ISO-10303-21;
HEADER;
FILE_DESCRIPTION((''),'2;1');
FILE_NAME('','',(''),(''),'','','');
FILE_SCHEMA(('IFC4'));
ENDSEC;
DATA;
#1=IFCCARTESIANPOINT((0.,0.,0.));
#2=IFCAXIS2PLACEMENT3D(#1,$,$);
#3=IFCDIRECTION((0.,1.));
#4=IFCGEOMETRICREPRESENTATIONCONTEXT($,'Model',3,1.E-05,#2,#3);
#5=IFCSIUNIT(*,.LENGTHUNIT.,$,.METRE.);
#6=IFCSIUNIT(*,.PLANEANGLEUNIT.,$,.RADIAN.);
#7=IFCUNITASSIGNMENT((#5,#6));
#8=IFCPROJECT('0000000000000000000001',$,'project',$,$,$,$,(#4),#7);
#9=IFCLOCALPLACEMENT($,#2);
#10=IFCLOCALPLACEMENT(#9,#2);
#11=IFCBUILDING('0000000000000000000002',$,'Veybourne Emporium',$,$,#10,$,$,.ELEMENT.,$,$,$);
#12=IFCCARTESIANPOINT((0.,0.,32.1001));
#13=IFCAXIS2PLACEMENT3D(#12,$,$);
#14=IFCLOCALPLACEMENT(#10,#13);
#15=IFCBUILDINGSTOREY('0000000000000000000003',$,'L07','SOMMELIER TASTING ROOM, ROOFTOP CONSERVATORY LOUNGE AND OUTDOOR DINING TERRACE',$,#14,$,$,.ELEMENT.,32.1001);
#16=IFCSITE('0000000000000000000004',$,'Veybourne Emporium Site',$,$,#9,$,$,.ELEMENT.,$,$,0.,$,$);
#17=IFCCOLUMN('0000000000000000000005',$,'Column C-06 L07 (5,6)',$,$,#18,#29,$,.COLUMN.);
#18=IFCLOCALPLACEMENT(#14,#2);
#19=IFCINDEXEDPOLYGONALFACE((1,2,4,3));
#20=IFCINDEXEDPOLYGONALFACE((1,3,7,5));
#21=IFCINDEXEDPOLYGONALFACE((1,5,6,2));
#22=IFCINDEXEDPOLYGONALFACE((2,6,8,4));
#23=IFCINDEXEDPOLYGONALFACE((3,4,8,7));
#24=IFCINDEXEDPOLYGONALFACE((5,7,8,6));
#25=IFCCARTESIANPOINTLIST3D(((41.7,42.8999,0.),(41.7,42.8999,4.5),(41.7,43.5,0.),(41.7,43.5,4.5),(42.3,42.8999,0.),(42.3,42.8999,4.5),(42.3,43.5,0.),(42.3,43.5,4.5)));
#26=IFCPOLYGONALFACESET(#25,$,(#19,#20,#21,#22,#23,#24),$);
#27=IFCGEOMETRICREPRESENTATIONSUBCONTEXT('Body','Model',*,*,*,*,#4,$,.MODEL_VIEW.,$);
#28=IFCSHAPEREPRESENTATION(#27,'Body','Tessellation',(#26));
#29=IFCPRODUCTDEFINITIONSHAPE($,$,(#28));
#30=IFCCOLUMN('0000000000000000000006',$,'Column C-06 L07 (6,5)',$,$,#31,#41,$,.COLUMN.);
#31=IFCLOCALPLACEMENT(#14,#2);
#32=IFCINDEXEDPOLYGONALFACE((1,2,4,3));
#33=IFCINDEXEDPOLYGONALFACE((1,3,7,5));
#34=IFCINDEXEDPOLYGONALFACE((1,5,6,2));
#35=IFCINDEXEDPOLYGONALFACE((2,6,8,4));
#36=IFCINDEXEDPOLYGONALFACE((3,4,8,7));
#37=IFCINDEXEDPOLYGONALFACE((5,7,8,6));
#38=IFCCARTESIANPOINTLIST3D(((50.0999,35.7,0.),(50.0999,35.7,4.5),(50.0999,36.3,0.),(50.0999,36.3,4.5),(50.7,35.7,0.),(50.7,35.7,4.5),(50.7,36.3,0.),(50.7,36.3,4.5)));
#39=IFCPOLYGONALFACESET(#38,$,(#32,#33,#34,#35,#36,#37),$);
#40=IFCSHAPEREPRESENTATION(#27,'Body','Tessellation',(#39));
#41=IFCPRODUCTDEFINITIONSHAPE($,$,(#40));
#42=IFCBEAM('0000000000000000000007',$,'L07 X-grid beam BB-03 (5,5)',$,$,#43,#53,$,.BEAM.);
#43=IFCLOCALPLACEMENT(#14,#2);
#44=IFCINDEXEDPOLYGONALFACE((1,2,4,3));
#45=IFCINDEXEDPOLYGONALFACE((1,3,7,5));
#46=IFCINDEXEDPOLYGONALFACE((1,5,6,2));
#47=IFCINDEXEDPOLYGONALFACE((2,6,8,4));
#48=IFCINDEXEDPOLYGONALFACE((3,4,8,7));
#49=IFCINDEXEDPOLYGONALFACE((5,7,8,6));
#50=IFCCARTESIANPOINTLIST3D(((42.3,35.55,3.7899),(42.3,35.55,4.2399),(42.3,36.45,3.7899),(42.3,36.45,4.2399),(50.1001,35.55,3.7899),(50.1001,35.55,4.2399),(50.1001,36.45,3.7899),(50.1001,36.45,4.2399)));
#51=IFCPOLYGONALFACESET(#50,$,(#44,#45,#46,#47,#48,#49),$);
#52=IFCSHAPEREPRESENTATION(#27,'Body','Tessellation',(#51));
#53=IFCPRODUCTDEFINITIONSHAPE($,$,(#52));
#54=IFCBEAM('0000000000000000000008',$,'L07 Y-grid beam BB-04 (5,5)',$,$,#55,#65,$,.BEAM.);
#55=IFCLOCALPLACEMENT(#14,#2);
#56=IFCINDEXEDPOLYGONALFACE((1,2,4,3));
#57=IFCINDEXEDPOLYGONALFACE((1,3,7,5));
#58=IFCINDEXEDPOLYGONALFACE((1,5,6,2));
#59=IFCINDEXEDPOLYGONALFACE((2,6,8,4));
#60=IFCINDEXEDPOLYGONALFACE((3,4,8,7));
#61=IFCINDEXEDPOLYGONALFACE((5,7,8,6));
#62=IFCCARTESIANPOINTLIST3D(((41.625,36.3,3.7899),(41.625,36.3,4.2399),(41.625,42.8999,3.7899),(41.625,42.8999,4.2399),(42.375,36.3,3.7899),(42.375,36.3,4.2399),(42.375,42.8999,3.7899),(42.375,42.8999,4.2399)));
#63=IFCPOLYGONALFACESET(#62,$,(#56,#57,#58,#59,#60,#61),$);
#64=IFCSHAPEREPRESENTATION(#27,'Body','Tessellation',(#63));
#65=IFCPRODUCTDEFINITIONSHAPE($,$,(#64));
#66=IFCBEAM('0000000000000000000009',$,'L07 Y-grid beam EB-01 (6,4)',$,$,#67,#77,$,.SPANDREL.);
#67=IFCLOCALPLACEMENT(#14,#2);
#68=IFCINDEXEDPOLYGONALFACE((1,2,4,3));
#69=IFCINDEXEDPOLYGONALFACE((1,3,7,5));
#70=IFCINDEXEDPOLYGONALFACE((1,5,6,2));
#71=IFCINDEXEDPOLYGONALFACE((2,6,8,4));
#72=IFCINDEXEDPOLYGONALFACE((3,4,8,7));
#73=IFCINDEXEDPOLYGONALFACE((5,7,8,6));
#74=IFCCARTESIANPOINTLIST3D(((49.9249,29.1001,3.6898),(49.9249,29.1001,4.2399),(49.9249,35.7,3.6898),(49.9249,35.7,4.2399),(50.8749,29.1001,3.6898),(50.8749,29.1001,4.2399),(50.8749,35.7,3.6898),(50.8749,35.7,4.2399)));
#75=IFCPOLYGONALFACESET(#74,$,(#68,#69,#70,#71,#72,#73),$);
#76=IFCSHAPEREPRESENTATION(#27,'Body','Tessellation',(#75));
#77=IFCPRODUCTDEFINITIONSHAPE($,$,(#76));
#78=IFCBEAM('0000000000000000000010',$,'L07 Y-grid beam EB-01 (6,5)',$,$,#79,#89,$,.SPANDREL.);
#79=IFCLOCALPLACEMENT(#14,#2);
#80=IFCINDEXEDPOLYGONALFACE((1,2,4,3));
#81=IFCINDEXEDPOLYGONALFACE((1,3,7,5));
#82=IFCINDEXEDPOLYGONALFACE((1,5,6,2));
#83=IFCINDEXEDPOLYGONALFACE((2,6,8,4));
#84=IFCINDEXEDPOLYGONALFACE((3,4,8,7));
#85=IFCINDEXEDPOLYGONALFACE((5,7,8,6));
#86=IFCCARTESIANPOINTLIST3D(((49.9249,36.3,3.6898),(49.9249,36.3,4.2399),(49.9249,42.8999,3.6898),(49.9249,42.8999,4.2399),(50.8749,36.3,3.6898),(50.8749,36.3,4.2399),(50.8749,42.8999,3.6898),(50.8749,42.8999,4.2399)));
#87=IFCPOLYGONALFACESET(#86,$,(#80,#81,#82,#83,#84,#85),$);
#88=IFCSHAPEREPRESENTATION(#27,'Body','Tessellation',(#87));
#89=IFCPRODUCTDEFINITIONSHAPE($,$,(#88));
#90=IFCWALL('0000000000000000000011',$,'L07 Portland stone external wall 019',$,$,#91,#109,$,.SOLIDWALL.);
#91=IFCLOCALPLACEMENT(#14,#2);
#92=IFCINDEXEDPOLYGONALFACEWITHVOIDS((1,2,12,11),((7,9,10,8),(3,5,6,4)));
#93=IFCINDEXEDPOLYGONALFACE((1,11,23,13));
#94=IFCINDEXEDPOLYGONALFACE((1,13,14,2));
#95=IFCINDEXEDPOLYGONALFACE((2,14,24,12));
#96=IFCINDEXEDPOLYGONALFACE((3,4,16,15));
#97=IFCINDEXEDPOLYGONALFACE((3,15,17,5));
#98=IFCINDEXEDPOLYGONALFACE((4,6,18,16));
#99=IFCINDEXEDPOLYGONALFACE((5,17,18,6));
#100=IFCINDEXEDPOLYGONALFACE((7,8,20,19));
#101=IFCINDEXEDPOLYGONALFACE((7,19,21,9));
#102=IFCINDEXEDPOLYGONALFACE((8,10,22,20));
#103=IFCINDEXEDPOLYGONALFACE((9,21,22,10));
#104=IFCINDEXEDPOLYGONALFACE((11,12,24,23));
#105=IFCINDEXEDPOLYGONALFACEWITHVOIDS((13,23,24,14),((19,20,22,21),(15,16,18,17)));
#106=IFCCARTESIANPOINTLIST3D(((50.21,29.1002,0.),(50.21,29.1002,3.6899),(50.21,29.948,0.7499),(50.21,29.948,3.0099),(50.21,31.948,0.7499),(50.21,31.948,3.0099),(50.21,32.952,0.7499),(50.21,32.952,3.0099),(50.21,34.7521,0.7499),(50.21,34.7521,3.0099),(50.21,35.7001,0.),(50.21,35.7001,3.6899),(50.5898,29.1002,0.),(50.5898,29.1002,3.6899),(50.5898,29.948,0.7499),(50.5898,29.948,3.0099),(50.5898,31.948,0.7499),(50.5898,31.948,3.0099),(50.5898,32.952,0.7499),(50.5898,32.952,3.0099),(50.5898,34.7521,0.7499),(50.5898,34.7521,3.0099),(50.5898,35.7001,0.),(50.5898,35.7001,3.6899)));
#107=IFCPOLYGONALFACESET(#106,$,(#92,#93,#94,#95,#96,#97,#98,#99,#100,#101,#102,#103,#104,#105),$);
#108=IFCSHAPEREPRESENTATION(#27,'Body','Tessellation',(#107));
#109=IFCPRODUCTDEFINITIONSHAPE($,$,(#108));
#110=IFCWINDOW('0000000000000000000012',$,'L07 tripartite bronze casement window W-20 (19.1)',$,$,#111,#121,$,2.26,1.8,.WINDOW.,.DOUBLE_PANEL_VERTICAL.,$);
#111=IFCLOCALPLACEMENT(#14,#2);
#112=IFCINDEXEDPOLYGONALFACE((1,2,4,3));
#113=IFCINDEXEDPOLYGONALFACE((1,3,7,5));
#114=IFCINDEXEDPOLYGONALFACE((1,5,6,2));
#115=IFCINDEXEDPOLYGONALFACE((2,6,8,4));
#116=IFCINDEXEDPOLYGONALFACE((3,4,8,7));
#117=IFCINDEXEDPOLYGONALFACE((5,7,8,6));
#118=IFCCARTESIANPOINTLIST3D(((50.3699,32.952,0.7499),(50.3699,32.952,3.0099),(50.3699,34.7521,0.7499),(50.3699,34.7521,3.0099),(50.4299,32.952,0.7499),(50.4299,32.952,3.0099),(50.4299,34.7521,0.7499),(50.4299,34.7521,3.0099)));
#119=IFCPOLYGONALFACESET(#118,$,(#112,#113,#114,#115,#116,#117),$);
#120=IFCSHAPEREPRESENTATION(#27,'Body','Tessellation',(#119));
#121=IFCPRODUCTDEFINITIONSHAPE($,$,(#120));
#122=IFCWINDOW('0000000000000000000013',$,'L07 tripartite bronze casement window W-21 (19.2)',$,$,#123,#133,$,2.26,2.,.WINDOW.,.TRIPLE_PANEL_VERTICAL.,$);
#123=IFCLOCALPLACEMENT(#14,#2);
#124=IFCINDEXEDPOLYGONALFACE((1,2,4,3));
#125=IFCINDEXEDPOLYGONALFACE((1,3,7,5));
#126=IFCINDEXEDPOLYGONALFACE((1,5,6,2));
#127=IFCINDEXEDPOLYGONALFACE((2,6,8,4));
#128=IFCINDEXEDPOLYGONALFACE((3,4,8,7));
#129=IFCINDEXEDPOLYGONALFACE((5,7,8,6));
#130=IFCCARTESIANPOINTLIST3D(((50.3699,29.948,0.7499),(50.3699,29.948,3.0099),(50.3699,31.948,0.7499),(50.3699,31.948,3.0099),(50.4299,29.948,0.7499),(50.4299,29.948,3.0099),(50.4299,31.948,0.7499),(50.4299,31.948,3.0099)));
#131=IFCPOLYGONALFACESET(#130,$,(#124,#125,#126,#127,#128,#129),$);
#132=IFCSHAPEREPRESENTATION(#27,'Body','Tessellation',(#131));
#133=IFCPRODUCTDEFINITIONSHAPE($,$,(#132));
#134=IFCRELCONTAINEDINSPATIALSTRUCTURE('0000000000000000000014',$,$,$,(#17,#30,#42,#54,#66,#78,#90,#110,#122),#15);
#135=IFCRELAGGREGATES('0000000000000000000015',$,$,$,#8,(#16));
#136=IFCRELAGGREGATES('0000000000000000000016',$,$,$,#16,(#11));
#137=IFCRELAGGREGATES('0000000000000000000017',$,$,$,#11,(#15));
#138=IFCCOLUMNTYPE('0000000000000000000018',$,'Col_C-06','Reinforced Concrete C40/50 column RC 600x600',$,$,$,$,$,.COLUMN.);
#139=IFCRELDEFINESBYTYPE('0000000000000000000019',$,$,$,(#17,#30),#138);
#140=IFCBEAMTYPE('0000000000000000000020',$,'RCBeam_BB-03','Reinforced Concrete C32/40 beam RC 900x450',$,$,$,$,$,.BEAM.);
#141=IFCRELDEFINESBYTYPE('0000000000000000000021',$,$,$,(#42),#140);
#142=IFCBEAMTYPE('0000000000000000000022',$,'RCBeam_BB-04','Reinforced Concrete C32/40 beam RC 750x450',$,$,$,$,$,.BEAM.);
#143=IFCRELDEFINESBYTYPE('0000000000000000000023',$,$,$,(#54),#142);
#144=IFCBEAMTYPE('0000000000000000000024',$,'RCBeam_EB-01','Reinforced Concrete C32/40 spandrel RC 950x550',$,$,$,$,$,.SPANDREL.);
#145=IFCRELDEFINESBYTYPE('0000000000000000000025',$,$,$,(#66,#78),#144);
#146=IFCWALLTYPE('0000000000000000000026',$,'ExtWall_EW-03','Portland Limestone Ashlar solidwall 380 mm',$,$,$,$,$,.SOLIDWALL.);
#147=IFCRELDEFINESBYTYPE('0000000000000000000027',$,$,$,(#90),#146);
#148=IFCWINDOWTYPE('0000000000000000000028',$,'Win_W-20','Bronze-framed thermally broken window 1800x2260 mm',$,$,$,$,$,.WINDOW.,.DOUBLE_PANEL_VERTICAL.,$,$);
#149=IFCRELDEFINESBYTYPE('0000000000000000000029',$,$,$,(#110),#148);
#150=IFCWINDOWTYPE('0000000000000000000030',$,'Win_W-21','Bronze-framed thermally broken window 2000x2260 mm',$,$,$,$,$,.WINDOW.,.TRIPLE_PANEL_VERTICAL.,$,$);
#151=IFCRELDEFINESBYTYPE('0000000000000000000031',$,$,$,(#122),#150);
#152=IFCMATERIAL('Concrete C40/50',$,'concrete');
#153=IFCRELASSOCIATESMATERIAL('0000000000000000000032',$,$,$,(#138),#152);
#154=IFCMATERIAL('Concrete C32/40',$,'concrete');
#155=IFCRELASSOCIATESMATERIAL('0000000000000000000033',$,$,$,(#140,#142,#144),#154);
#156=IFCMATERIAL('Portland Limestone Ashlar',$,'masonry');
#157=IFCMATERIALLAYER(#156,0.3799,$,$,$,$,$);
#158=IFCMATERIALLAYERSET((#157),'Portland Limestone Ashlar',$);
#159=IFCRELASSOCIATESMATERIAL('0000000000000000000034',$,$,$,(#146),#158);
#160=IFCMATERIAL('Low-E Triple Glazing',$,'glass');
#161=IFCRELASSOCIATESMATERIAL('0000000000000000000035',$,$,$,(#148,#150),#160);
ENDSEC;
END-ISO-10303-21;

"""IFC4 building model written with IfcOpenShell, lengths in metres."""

from ifc_helpers import new_model, si_unit, direction, frame, frame_2d, origin, origin_2d, place, context, subcontext, project, spatial, rectangle, extrude, material, layer, layer_set, material_profile, profile_set, type_object, element, fill, save


model = new_model("IFC4")

# Units and contexts
model_context = context("Model", 3, precision=1e-05, world=origin(), true_north=direction((0.0, 1.0)))
body_context = subcontext(model_context, "Body", "Model", "MODEL_VIEW")
ifc_project = project(units=[si_unit("LENGTHUNIT", "METRE"), si_unit("PLANEANGLEUNIT", "RADIAN")], contexts=[model_context])

# Site, building, storey
site_placement = place(None, origin())
site = spatial("IfcSite", under=ifc_project, at=site_placement, Name="Veybourne Emporium Site", CompositionType="ELEMENT", RefElevation=0.0)
building_placement = place(site_placement, origin())
building = spatial("IfcBuilding", under=site, at=building_placement, Name="Veybourne Emporium", CompositionType="ELEMENT")
storey_placement = place(building_placement, frame((0.0, 0.0, 32.1001)))
storey = spatial("IfcBuildingStorey", under=building, at=storey_placement, Name="L07", Description="SOMMELIER TASTING ROOM, ROOFTOP CONSERVATORY LOUNGE AND OUTDOOR DINING TERRACE", CompositionType="ELEMENT", Elevation=32.1001)

# Columns
ifc_material_1 = material(Name="Concrete C40/50", Category="concrete")
ifc_material_profile_1 = material_profile(ifc_material_1, rectangle(XDim=0.6001, YDim=0.6001, at=origin_2d()), Name="RC 600x600")
ifc_profile_set_1 = profile_set([ifc_material_profile_1], Name="Concrete C40/50")
column_type = type_object("IfcColumnType", Name="Col_C-06", Description="Reinforced Concrete C40/50 column RC 600x600", PredefinedType="COLUMN", material=ifc_profile_set_1)
for number, where, z_axis, x_axis, name in (
    (1, (42.0, 43.2, 0.0), (0.0, 0.0, 1.0), (1.0, 0.0, 0.0), "Column C-06 L07 (5,6)"),
    (2, (50.3999, 36.0, 0.0), (0.0, 0.0, 1.0), (1.0, 0.0, 0.0), "Column C-06 L07 (6,5)"),
):
    element("IfcColumn", number, at=place(storey_placement, frame(where, z_axis=z_axis, x_axis=x_axis)), inside=storey, type_object=column_type, Name=name, PredefinedType="COLUMN", context=body_context, shape_type="SweptSolid", body=[
        extrude(rectangle(XDim=0.6001, YDim=0.6001, at=origin_2d()), origin(), (0.0, 0.0, 1.0), 4.5),
    ])

# Beams
ifc_material_2 = material(Name="Concrete C32/40", Category="concrete")
ifc_material_profile_2 = material_profile(ifc_material_2, rectangle(XDim=0.8999, YDim=0.45, at=origin_2d()), Name="RC 900x450")
ifc_profile_set_2 = profile_set([ifc_material_profile_2], Name="Concrete C32/40")
beam_type_1 = type_object("IfcBeamType", Name="RCBeam_BB-03", Description="Reinforced Concrete C32/40 beam RC 900x450", PredefinedType="BEAM", material=ifc_profile_set_2)
beam_1_placement = place(storey_placement, frame((42.3, 36.0, 4.0149), z_axis=(1.0, 0.0, 0.0), x_axis=(0.0, 1.0, 0.0)))
element("IfcBeam", 3, at=beam_1_placement, inside=storey, type_object=beam_type_1, Name="L07 X-grid beam BB-03 (5,5)", PredefinedType="BEAM", context=body_context, shape_type="SweptSolid", body=[
    extrude(rectangle(XDim=0.8999, YDim=0.45, at=origin_2d()), origin(), (0.0, 0.0, 1.0), 7.8),
])
ifc_material_profile_3 = material_profile(ifc_material_2, rectangle(XDim=0.75, YDim=0.45, at=origin_2d()), Name="RC 750x450")
ifc_profile_set_3 = profile_set([ifc_material_profile_3], Name="Concrete C32/40")
beam_type_2 = type_object("IfcBeamType", Name="RCBeam_BB-04", Description="Reinforced Concrete C32/40 beam RC 750x450", PredefinedType="BEAM", material=ifc_profile_set_3)
beam_2_placement = place(storey_placement, frame((42.0, 36.3, 4.0149), z_axis=(0.0, 1.0, 0.0), x_axis=(-1.0, 0.0, 0.0)))
element("IfcBeam", 4, at=beam_2_placement, inside=storey, type_object=beam_type_2, Name="L07 Y-grid beam BB-04 (5,5)", PredefinedType="BEAM", context=body_context, shape_type="SweptSolid", body=[
    extrude(rectangle(XDim=0.75, YDim=0.45, at=origin_2d()), origin(), (0.0, 0.0, 1.0), 6.5999),
])
ifc_material_profile_4 = material_profile(ifc_material_2, rectangle(XDim=0.95, YDim=0.55, at=origin_2d()), Name="RC 950x550")
ifc_profile_set_4 = profile_set([ifc_material_profile_4], Name="Concrete C32/40")
beam_type_3 = type_object("IfcBeamType", Name="RCBeam_EB-01", Description="Reinforced Concrete C32/40 spandrel RC 950x550", PredefinedType="SPANDREL", material=ifc_profile_set_4)
for number, where, z_axis, x_axis, name in (
    (5, (50.3999, 29.1001, 3.9648), (0.0, 1.0, 0.0), (-1.0, 0.0, 0.0), "L07 Y-grid beam EB-01 (6,4)"),
    (6, (50.3999, 36.3, 3.9648), (0.0, 1.0, 0.0), (-1.0, 0.0, 0.0), "L07 Y-grid beam EB-01 (6,5)"),
):
    element("IfcBeam", number, at=place(storey_placement, frame(where, z_axis=z_axis, x_axis=x_axis)), inside=storey, type_object=beam_type_3, Name=name, PredefinedType="SPANDREL", context=body_context, shape_type="SweptSolid", body=[
        extrude(rectangle(XDim=0.95, YDim=0.55, at=origin_2d()), origin(), (0.0, 0.0, 1.0), 6.5999),
    ])

# Wall, openings, windows
ifc_material_3 = material(Name="Portland Limestone Ashlar", Category="masonry")
ifc_layer_1 = layer(ifc_material_3, 0.3799)
ifc_layer_set_1 = layer_set([ifc_layer_1], Name="Portland Limestone Ashlar")
wall_type_1 = type_object("IfcWallType", Name="ExtWall_EW-03", Description="Portland Limestone Ashlar solidwall 380 mm", PredefinedType="SOLIDWALL", material=ifc_layer_set_1)
wall_1_placement = place(storey_placement, frame((50.3999, 35.7, 0.0), z_axis=(0.0, 0.0, 1.0), x_axis=(0.0, -1.0, 0.0)))
wall_1 = element("IfcWall", 7, at=wall_1_placement, inside=storey, type_object=wall_type_1, Name="L07 Portland stone external wall 019", PredefinedType="SOLIDWALL", context=body_context, shape_type="SweptSolid", body=[
    extrude(rectangle(XDim=6.5999, YDim=0.3799, at=frame_2d((3.2998, 0.0))), origin(), (0.0, 0.0, 1.0), 3.6899),
])
opening_1_placement = place(wall_1_placement, frame((0.948, 0.0, 0.75)))
opening_1 = element("IfcOpeningElement", 8, at=opening_1_placement, cuts=wall_1, PredefinedType="OPENING", context=body_context, shape_type="SweptSolid", body=[
    extrude(rectangle(XDim=1.8, YDim=2.26, at=frame_2d((0.8999, 1.1299))), frame((0.0, 0.21, 0.0), z_axis=(0.0, -1.0, 0.0), x_axis=(1.0, 0.0, 0.0)), (0.0, 0.0, 1.0), 0.4199),
])
opening_2_placement = place(wall_1_placement, frame((3.752, 0.0, 0.75)))
opening_2 = element("IfcOpeningElement", 9, at=opening_2_placement, cuts=wall_1, PredefinedType="OPENING", context=body_context, shape_type="SweptSolid", body=[
    extrude(rectangle(XDim=2.0, YDim=2.26, at=frame_2d((1.0, 1.1299))), frame((0.0, 0.21, 0.0), z_axis=(0.0, -1.0, 0.0), x_axis=(1.0, 0.0, 0.0)), (0.0, 0.0, 1.0), 0.4199),
])
ifc_material_4 = material(Name="Low-E Triple Glazing", Category="glass")
window_type_1 = type_object("IfcWindowType", Name="Win_W-20", Description="Bronze-framed thermally broken window 1800x2260 mm", PartitioningType="DOUBLE_PANEL_VERTICAL", PredefinedType="WINDOW", material=ifc_material_4)
window_1_placement = place(opening_1_placement, origin())
window_1 = element("IfcWindow", 10, at=window_1_placement, inside=storey, type_object=window_type_1, Name="L07 tripartite bronze casement window W-20 (19.1)", OverallHeight=2.26, OverallWidth=1.8, PartitioningType="DOUBLE_PANEL_VERTICAL", PredefinedType="WINDOW", context=body_context, shape_type="SweptSolid", body=[
    extrude(rectangle(XDim=1.8, YDim=2.26, at=frame_2d((0.8999, 1.1299))), frame((0.0, 0.03, 0.0), z_axis=(0.0, -1.0, 0.0), x_axis=(1.0, 0.0, 0.0)), (0.0, 0.0, 1.0), 0.0601),
])
fill(opening_1, window_1)
window_type_2 = type_object("IfcWindowType", Name="Win_W-21", Description="Bronze-framed thermally broken window 2000x2260 mm", PartitioningType="TRIPLE_PANEL_VERTICAL", PredefinedType="WINDOW", material=ifc_material_4)
window_2_placement = place(opening_2_placement, origin())
window_2 = element("IfcWindow", 11, at=window_2_placement, inside=storey, type_object=window_type_2, Name="L07 tripartite bronze casement window W-21 (19.2)", OverallHeight=2.26, OverallWidth=2.0, PartitioningType="TRIPLE_PANEL_VERTICAL", PredefinedType="WINDOW", context=body_context, shape_type="SweptSolid", body=[
    extrude(rectangle(XDim=2.0, YDim=2.26, at=frame_2d((1.0, 1.1299))), frame((0.0, 0.03, 0.0), z_axis=(0.0, -1.0, 0.0), x_axis=(1.0, 0.0, 0.0)), (0.0, 0.0, 1.0), 0.0601),
])
fill(opening_2, window_2)

save(model, "model.ifc")
